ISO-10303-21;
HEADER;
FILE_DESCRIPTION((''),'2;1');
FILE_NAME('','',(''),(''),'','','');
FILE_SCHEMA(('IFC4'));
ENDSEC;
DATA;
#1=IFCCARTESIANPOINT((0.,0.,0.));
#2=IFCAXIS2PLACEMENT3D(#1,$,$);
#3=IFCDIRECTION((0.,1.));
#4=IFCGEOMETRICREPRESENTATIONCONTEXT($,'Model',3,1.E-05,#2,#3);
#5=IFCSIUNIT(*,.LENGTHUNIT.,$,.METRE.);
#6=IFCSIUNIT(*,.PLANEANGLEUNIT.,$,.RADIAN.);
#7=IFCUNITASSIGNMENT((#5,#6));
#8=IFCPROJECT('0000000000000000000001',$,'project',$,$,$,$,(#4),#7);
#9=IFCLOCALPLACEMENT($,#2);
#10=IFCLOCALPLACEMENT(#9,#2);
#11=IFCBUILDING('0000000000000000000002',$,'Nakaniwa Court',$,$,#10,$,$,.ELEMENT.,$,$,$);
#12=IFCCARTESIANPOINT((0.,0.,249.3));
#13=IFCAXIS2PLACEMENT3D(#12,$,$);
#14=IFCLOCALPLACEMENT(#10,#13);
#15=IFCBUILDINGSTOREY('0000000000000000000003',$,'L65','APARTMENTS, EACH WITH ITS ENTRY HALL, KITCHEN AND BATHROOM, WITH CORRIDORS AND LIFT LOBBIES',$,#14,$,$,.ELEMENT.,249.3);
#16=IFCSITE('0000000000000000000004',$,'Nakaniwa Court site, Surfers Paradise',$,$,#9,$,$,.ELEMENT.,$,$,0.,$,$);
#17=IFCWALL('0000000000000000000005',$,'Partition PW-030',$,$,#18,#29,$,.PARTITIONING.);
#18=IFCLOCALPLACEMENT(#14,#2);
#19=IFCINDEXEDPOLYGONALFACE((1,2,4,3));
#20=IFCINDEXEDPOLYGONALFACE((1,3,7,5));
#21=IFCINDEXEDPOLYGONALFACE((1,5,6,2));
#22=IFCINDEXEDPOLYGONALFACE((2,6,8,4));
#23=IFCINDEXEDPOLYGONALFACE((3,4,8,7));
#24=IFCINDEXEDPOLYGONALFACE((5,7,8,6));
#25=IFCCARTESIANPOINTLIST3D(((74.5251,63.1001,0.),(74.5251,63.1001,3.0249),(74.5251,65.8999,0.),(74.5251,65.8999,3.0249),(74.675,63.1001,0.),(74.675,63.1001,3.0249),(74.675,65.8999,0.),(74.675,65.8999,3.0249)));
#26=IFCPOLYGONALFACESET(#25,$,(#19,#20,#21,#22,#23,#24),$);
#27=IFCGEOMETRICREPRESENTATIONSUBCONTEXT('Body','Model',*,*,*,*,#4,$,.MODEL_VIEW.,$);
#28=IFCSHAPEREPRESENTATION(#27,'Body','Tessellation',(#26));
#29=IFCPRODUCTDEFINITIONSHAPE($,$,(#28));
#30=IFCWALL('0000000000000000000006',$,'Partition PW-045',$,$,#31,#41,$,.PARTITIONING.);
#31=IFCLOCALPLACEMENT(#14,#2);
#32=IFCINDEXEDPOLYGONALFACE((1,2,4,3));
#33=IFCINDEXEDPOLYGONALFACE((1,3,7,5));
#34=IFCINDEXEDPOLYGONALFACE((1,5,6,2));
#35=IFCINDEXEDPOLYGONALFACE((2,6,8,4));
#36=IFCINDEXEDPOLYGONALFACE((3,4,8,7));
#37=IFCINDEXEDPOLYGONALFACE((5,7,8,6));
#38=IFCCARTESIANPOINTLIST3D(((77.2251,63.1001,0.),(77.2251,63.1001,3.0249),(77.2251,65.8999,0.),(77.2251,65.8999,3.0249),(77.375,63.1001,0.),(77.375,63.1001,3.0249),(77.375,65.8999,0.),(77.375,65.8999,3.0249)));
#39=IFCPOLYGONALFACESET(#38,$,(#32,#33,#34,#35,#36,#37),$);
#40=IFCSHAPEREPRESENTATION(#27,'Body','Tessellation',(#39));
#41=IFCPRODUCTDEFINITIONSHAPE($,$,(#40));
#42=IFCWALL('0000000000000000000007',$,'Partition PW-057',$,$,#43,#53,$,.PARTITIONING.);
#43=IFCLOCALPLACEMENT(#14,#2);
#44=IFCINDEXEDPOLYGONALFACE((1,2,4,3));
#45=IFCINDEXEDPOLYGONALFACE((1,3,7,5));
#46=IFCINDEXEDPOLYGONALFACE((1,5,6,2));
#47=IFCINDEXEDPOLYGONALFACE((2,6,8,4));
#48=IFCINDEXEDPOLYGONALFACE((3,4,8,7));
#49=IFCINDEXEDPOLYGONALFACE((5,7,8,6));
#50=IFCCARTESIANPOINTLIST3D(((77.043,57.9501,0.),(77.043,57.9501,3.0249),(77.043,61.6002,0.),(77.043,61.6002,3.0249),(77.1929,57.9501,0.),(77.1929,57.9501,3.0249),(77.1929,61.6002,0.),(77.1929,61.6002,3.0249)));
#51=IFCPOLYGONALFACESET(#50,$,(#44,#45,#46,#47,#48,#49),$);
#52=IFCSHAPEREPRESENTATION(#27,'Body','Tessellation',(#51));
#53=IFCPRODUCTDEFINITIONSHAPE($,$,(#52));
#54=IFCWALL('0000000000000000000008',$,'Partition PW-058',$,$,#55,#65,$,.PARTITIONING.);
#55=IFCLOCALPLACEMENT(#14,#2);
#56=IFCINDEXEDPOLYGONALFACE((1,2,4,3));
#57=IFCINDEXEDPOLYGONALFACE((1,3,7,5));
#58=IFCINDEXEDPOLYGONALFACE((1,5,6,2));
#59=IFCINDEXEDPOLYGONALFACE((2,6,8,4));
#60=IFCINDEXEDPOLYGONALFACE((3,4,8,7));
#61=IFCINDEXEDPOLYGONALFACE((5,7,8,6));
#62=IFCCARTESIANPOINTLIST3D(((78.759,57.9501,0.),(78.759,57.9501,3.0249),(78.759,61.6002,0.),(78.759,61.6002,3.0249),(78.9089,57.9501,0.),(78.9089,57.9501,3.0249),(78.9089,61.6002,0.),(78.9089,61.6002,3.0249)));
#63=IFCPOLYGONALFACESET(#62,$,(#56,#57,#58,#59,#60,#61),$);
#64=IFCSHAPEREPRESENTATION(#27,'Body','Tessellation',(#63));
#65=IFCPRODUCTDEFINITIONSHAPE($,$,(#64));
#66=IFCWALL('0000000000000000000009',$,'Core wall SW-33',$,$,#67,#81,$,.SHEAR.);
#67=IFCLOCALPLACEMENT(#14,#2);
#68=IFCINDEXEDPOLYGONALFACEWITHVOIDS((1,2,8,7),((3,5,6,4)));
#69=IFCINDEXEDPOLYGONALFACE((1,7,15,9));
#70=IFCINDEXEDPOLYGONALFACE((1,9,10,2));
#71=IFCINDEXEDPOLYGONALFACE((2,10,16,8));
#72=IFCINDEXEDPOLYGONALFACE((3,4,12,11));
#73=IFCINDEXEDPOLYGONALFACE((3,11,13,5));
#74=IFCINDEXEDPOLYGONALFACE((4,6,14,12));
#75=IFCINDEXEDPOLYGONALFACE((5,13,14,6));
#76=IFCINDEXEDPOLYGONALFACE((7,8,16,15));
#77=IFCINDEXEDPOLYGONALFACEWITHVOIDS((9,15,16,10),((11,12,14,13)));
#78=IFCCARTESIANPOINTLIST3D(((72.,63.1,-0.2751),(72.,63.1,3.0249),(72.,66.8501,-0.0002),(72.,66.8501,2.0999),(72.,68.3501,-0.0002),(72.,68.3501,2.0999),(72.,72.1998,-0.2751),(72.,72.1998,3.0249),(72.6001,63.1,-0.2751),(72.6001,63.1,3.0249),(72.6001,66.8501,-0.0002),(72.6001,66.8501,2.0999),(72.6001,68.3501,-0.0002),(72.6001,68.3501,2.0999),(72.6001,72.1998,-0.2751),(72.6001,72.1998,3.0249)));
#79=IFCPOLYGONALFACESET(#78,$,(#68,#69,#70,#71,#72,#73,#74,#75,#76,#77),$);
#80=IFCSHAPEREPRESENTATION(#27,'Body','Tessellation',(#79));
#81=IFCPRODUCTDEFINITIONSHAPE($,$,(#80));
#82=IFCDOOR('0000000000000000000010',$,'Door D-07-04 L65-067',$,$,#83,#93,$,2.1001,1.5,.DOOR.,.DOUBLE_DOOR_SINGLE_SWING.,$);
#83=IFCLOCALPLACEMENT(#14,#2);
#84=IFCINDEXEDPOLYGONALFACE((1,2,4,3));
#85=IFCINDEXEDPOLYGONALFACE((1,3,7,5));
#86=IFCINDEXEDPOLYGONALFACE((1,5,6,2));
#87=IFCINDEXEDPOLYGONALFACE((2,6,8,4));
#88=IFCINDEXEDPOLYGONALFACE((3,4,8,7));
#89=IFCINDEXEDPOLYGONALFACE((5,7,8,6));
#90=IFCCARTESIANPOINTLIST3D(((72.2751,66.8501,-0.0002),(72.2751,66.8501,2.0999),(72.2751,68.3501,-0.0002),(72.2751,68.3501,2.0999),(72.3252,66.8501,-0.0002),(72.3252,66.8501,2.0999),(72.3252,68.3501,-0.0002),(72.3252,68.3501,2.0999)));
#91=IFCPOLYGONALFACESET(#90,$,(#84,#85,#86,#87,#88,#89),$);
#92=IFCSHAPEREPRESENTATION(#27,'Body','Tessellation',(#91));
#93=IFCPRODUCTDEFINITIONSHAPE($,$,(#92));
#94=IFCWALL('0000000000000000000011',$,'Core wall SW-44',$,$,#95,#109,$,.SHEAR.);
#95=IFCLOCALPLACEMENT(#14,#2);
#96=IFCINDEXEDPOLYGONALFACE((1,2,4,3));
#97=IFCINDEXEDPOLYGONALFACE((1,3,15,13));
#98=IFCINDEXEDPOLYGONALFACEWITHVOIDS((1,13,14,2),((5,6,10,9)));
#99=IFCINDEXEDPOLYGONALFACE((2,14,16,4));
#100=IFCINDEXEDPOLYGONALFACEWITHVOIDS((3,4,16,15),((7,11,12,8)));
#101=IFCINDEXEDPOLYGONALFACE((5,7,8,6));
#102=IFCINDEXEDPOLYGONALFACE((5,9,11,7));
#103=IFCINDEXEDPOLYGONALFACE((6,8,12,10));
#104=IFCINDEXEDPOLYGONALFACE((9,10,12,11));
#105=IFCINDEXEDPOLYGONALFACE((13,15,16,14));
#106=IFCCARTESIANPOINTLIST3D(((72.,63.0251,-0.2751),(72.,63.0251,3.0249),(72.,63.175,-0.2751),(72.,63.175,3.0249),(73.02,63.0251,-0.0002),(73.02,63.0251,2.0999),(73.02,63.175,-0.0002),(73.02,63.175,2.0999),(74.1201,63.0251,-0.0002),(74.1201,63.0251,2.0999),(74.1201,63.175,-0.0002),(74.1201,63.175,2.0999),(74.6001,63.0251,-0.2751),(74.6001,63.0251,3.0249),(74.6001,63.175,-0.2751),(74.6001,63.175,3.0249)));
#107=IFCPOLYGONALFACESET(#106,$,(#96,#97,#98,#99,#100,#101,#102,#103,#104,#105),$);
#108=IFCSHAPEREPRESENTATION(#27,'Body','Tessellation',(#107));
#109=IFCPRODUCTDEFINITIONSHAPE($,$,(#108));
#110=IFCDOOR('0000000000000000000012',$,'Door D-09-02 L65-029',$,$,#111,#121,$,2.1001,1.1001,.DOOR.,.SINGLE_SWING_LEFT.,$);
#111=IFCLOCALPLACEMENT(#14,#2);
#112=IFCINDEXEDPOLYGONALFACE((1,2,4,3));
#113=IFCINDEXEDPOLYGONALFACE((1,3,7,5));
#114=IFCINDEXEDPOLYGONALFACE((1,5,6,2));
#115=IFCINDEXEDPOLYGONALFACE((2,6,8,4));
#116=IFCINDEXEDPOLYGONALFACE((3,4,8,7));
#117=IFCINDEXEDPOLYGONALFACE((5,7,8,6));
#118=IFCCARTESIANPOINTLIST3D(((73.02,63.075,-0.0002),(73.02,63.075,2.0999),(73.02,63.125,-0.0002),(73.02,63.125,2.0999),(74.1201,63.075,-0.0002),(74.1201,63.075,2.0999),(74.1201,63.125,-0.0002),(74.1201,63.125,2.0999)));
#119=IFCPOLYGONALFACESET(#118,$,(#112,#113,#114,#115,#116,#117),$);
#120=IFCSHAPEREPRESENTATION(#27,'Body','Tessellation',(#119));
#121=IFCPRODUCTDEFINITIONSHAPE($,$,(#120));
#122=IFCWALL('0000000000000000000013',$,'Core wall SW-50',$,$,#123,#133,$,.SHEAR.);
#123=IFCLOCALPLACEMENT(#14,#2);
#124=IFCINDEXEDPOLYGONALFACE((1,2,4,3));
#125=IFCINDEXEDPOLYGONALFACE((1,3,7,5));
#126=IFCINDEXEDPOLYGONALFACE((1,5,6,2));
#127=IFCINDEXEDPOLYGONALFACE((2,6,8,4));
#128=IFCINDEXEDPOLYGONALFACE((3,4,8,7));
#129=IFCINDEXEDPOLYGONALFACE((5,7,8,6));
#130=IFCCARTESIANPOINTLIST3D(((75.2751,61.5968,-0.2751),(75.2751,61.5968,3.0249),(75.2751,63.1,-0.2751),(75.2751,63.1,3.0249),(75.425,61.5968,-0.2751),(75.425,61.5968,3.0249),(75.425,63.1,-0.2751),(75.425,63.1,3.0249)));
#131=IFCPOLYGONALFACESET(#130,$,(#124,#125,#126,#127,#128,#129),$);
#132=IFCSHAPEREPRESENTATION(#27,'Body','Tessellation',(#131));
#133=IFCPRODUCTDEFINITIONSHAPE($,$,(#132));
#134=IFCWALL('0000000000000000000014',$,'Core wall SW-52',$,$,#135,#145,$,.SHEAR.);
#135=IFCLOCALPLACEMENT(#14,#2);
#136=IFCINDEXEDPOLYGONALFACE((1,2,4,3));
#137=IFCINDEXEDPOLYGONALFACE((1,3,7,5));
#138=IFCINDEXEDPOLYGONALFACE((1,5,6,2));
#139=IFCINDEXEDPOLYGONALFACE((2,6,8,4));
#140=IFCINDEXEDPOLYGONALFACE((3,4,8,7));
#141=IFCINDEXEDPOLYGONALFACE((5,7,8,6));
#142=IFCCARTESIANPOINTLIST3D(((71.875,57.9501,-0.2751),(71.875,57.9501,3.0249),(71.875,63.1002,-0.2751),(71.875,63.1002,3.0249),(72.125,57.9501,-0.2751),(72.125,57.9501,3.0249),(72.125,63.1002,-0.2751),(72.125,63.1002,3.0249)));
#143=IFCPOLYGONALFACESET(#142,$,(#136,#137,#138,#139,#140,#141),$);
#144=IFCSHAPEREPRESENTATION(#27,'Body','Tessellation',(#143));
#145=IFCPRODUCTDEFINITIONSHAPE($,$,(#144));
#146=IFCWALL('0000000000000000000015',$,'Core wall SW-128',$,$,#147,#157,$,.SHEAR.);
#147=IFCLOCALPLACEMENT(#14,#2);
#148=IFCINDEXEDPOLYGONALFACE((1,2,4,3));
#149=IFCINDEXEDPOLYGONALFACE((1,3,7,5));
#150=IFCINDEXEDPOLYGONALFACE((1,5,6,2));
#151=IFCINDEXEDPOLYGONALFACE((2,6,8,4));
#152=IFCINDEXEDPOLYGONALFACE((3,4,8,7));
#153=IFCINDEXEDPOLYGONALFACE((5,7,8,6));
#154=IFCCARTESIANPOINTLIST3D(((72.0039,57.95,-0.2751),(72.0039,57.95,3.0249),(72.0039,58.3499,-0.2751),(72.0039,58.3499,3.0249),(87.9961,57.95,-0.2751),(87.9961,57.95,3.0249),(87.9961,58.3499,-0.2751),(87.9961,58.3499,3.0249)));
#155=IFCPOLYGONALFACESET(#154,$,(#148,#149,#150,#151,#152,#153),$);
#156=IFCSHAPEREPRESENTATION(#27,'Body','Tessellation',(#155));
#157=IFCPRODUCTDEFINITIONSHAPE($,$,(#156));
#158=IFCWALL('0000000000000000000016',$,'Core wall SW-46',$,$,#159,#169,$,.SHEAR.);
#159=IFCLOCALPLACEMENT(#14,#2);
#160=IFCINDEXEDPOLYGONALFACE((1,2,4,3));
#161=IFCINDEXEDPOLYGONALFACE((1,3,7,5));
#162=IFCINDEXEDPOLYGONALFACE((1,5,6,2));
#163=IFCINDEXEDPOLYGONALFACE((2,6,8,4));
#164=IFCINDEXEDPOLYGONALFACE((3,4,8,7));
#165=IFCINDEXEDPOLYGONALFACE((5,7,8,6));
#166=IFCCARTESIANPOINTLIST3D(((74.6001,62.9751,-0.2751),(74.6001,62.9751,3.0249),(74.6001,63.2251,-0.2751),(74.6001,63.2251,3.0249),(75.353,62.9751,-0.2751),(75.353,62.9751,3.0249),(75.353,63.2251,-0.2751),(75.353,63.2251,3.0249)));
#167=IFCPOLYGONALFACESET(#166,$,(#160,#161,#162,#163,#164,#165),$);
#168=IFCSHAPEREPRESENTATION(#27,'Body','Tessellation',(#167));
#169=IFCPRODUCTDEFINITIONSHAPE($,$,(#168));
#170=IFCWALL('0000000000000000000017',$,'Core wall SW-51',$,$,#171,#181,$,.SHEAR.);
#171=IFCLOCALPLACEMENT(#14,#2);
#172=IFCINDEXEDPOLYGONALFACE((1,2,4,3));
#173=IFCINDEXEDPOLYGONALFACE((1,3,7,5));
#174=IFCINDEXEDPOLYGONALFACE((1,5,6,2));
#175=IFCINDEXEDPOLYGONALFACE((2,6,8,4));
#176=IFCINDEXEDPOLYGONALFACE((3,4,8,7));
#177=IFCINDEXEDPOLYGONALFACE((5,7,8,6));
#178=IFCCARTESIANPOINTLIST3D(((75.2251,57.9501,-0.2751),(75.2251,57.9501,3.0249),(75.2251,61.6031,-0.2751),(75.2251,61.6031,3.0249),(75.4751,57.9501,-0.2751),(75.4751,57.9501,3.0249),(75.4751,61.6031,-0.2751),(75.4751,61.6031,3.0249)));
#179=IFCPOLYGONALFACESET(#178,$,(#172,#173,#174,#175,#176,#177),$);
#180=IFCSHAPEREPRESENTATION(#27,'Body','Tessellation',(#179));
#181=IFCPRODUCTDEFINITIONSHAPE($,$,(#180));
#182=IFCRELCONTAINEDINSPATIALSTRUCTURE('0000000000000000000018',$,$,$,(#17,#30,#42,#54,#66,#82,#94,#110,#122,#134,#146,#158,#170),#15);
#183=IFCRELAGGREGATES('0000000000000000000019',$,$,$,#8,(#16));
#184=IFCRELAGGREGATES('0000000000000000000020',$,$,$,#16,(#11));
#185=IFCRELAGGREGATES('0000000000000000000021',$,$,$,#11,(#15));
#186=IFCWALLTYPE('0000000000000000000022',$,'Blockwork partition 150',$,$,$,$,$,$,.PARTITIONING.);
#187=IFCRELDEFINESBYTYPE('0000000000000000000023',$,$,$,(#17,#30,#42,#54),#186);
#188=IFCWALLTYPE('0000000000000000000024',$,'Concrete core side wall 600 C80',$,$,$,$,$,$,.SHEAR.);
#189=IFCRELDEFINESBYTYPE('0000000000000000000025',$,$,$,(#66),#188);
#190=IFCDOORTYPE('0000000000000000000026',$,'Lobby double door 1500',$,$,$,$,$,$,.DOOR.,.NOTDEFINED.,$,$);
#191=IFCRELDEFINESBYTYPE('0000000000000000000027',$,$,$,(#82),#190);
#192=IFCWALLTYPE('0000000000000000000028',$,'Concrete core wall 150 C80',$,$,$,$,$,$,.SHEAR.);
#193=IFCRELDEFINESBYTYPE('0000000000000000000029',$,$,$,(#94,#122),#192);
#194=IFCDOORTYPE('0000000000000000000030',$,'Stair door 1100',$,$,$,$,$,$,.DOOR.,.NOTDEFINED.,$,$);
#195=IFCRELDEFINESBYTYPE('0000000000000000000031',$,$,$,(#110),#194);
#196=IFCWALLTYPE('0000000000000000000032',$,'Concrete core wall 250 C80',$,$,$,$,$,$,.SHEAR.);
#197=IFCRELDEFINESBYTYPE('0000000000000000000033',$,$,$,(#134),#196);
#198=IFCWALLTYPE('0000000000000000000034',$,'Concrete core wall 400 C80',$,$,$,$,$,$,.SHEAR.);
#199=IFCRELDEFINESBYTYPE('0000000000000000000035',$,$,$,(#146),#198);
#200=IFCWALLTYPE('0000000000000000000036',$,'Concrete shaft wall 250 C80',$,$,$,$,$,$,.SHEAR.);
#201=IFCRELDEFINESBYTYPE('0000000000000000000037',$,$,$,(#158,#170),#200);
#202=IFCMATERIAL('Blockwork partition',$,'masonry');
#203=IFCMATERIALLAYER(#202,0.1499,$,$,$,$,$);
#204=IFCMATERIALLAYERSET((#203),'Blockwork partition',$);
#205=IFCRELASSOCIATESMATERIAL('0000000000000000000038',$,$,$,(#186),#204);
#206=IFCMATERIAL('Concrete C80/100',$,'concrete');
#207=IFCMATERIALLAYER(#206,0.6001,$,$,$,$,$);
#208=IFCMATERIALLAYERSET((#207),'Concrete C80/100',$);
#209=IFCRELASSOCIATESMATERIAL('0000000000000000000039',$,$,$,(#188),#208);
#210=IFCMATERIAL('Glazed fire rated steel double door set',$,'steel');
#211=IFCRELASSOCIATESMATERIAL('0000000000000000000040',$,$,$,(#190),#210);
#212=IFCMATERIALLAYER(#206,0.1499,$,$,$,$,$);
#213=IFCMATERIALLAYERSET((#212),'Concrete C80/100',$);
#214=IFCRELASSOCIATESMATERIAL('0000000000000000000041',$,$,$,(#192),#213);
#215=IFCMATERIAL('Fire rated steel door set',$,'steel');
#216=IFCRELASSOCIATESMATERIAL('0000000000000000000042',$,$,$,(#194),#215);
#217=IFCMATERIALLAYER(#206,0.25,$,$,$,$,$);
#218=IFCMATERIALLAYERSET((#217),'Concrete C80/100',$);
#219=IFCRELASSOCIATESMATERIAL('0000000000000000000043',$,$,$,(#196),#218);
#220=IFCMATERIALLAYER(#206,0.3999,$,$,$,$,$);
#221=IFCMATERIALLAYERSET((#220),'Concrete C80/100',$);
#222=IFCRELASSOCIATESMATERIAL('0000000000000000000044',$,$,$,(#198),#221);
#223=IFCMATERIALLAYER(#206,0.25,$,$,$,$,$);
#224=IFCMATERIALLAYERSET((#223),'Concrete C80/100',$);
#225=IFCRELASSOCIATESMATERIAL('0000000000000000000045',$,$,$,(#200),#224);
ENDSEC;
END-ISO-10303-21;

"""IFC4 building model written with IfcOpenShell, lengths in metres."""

from ifc_helpers import new_model, si_unit, direction, frame, frame_2d, origin, place, context, subcontext, project, spatial, rectangle, extrude, material, layer, layer_set, type_object, element, fill, save


model = new_model("IFC4")

# Units and contexts
model_context = context("Model", 3, precision=1e-05, world=origin(), true_north=direction((0.0, 1.0)))
body_context = subcontext(model_context, "Body", "Model", "MODEL_VIEW")
ifc_project = project(units=[si_unit("LENGTHUNIT", "METRE"), si_unit("PLANEANGLEUNIT", "RADIAN")], contexts=[model_context])

# Site, building, storey
site_placement = place(None, origin())
site = spatial("IfcSite", under=ifc_project, at=site_placement, Name="Nakaniwa Court site, Surfers Paradise", CompositionType="ELEMENT", RefElevation=0.0)
building_placement = place(site_placement, origin())
building = spatial("IfcBuilding", under=site, at=building_placement, Name="Nakaniwa Court", CompositionType="ELEMENT")
storey_placement = place(building_placement, frame((0.0, 0.0, 249.3)))
storey = spatial("IfcBuildingStorey", under=building, at=storey_placement, Name="L65", Description="APARTMENTS, EACH WITH ITS ENTRY HALL, KITCHEN AND BATHROOM, WITH CORRIDORS AND LIFT LOBBIES", CompositionType="ELEMENT", Elevation=249.3)

# Walls
ifc_material_1 = material(Name="Blockwork partition", Category="masonry")
ifc_layer_1 = layer(ifc_material_1, 0.1499)
ifc_layer_set_1 = layer_set([ifc_layer_1], Name="Blockwork partition")
wall_type_1 = type_object("IfcWallType", Name="Blockwork partition 150", PredefinedType="PARTITIONING", material=ifc_layer_set_1)
for number, where, z_axis, x_axis, name in (
    (1, (74.6001, 63.1001, 0.0), (0.0, 0.0, 1.0), (0.0, 1.0, 0.0), "Partition PW-030"),
    (2, (77.3, 63.1001, 0.0), (0.0, 0.0, 1.0), (0.0, 1.0, 0.0), "Partition PW-045"),
):
    element("IfcWall", number, at=place(storey_placement, frame(where, z_axis=z_axis, x_axis=x_axis)), inside=storey, type_object=wall_type_1, Name=name, PredefinedType="PARTITIONING", context=body_context, shape_type="SweptSolid", body=[
        extrude(rectangle(XDim=2.7998, YDim=0.1499, at=frame_2d((1.3999, 0.0))), origin(), (0.0, 0.0, 1.0), 3.0249),
    ])
for number, where, z_axis, x_axis, name in (
    (3, (77.1179, 57.95, 0.0), (0.0, 0.0, 1.0), (0.0, 1.0, 0.0), "Partition PW-057"),
    (4, (78.834, 57.95, 0.0), (0.0, 0.0, 1.0), (0.0, 1.0, 0.0), "Partition PW-058"),
):
    element("IfcWall", number, at=place(storey_placement, frame(where, z_axis=z_axis, x_axis=x_axis)), inside=storey, type_object=wall_type_1, Name=name, PredefinedType="PARTITIONING", context=body_context, shape_type="SweptSolid", body=[
        extrude(rectangle(XDim=3.6501, YDim=0.1499, at=frame_2d((1.8252, 0.0))), origin(), (0.0, 0.0, 1.0), 3.0249),
    ])

# Walls, openings, doors
ifc_material_2 = material(Name="Concrete C80/100", Category="concrete")
ifc_layer_2 = layer(ifc_material_2, 0.6001)
ifc_layer_set_2 = layer_set([ifc_layer_2], Name="Concrete C80/100")
wall_type_2 = type_object("IfcWallType", Name="Concrete core side wall 600 C80", PredefinedType="SHEAR", material=ifc_layer_set_2)
wall_1_placement = place(storey_placement, frame((72.3, 63.1001, -0.2751), z_axis=(0.0, 0.0, 1.0), x_axis=(0.0, 1.0, 0.0)))
wall_1 = element("IfcWall", 5, at=wall_1_placement, inside=storey, type_object=wall_type_2, Name="Core wall SW-33", PredefinedType="SHEAR", context=body_context, shape_type="SweptSolid", body=[
    extrude(rectangle(XDim=9.0999, YDim=0.6001, at=frame_2d((4.5498, 0.0))), origin(), (0.0, 0.0, 1.0), 3.3),
])
opening_1_placement = place(wall_1_placement, frame((3.75, 0.0, 0.2749)))
opening_1 = element("IfcOpeningElement", 6, at=opening_1_placement, cuts=wall_1, PredefinedType="OPENING", context=body_context, shape_type="SweptSolid", body=[
    extrude(rectangle(XDim=1.5, YDim=2.1001, at=frame_2d((0.75, 1.05))), frame((0.0, 0.3101, 0.0), z_axis=(0.0, -1.0, 0.0), x_axis=(1.0, 0.0, 0.0)), (0.0, 0.0, 1.0), 0.6201),
])
ifc_material_3 = material(Name="Glazed fire rated steel double door set", Category="steel")
door_type_1 = type_object("IfcDoorType", Name="Lobby double door 1500", OperationType="NOTDEFINED", PredefinedType="DOOR", material=ifc_material_3)
door_1_placement = place(opening_1_placement, origin())
door_1 = element("IfcDoor", 7, at=door_1_placement, inside=storey, type_object=door_type_1, Name="Door D-07-04 L65-067", OperationType="DOUBLE_DOOR_SINGLE_SWING", OverallHeight=2.1001, OverallWidth=1.5, PredefinedType="DOOR", context=body_context, shape_type="SweptSolid", body=[
    extrude(rectangle(XDim=1.5, YDim=2.1001, at=frame_2d((0.75, 1.05))), frame((0.0, 0.0249, 0.0), z_axis=(0.0, -1.0, 0.0), x_axis=(1.0, 0.0, 0.0)), (0.0, 0.0, 1.0), 0.05),
])
fill(opening_1, door_1)
ifc_layer_3 = layer(ifc_material_2, 0.1499)
ifc_layer_set_3 = layer_set([ifc_layer_3], Name="Concrete C80/100")
wall_type_3 = type_object("IfcWallType", Name="Concrete core wall 150 C80", PredefinedType="SHEAR", material=ifc_layer_set_3)
wall_2_placement = place(storey_placement, frame((72.0, 63.1001, -0.2751), z_axis=(0.0, 0.0, 1.0), x_axis=(1.0, 0.0, 0.0)))
wall_2 = element("IfcWall", 8, at=wall_2_placement, inside=storey, type_object=wall_type_3, Name="Core wall SW-44", PredefinedType="SHEAR", context=body_context, shape_type="SweptSolid", body=[
    extrude(rectangle(XDim=2.6001, YDim=0.1499, at=frame_2d((1.3, 0.0))), origin(), (0.0, 0.0, 1.0), 3.3),
])
opening_2_placement = place(wall_2_placement, frame((1.02, 0.0, 0.2749)))
opening_2 = element("IfcOpeningElement", 9, at=opening_2_placement, cuts=wall_2, PredefinedType="OPENING", context=body_context, shape_type="SweptSolid", body=[
    extrude(rectangle(XDim=1.1001, YDim=2.1001, at=frame_2d((0.55, 1.05))), frame((0.0, 0.085, 0.0), z_axis=(0.0, -1.0, 0.0), x_axis=(1.0, 0.0, 0.0)), (0.0, 0.0, 1.0), 0.1699),
])
ifc_material_4 = material(Name="Fire rated steel door set", Category="steel")
door_type_2 = type_object("IfcDoorType", Name="Stair door 1100", OperationType="NOTDEFINED", PredefinedType="DOOR", material=ifc_material_4)
door_2_placement = place(opening_2_placement, origin())
door_2 = element("IfcDoor", 10, at=door_2_placement, inside=storey, type_object=door_type_2, Name="Door D-09-02 L65-029", OperationType="SINGLE_SWING_LEFT", OverallHeight=2.1001, OverallWidth=1.1001, PredefinedType="DOOR", context=body_context, shape_type="SweptSolid", body=[
    extrude(rectangle(XDim=1.1001, YDim=2.1001, at=frame_2d((0.55, 1.05))), frame((0.0, 0.0249, 0.0), z_axis=(0.0, -1.0, 0.0), x_axis=(1.0, 0.0, 0.0)), (0.0, 0.0, 1.0), 0.05),
])
fill(opening_2, door_2)

# Walls
wall_3_placement = place(storey_placement, frame((75.3501, 61.5969, -0.2751), z_axis=(0.0, 0.0, 1.0), x_axis=(0.0, 1.0, 0.0)))
element("IfcWall", 11, at=wall_3_placement, inside=storey, type_object=wall_type_3, Name="Core wall SW-50", PredefinedType="SHEAR", context=body_context, shape_type="SweptSolid", body=[
    extrude(rectangle(XDim=1.5032, YDim=0.1499, at=frame_2d((0.7515, 0.0))), origin(), (0.0, 0.0, 1.0), 3.3),
])
ifc_layer_4 = layer(ifc_material_2, 0.25)
ifc_layer_set_4 = layer_set([ifc_layer_4], Name="Concrete C80/100")
wall_type_4 = type_object("IfcWallType", Name="Concrete core wall 250 C80", PredefinedType="SHEAR", material=ifc_layer_set_4)
wall_4_placement = place(storey_placement, frame((72.0, 57.95, -0.2751), z_axis=(0.0, 0.0, 1.0), x_axis=(0.0, 1.0, 0.0)))
element("IfcWall", 12, at=wall_4_placement, inside=storey, type_object=wall_type_4, Name="Core wall SW-52", PredefinedType="SHEAR", context=body_context, shape_type="SweptSolid", body=[
    extrude(rectangle(XDim=5.1501, YDim=0.25, at=frame_2d((2.5752, 0.0))), origin(), (0.0, 0.0, 1.0), 3.3),
])
ifc_layer_5 = layer(ifc_material_2, 0.3999)
ifc_layer_set_5 = layer_set([ifc_layer_5], Name="Concrete C80/100")
wall_type_5 = type_object("IfcWallType", Name="Concrete core wall 400 C80", PredefinedType="SHEAR", material=ifc_layer_set_5)
wall_5_placement = place(storey_placement, frame((72.0039, 58.1499, -0.2751), z_axis=(0.0, 0.0, 1.0), x_axis=(1.0, 0.0, 0.0)))
element("IfcWall", 13, at=wall_5_placement, inside=storey, type_object=wall_type_5, Name="Core wall SW-128", PredefinedType="SHEAR", context=body_context, shape_type="SweptSolid", body=[
    extrude(rectangle(XDim=15.9922, YDim=0.3999, at=frame_2d((7.9961, 0.0))), origin(), (0.0, 0.0, 1.0), 3.3),
])
ifc_layer_6 = layer(ifc_material_2, 0.25)
ifc_layer_set_6 = layer_set([ifc_layer_6], Name="Concrete C80/100")
wall_type_6 = type_object("IfcWallType", Name="Concrete shaft wall 250 C80", PredefinedType="SHEAR", material=ifc_layer_set_6)
wall_6_placement = place(storey_placement, frame((74.6001, 63.1001, -0.2751), z_axis=(0.0, 0.0, 1.0), x_axis=(1.0, 0.0, 0.0)))
element("IfcWall", 14, at=wall_6_placement, inside=storey, type_object=wall_type_6, Name="Core wall SW-46", PredefinedType="SHEAR", context=body_context, shape_type="SweptSolid", body=[
    extrude(rectangle(XDim=0.7529, YDim=0.25, at=frame_2d((0.3765, 0.0))), origin(), (0.0, 0.0, 1.0), 3.3),
])
wall_7_placement = place(storey_placement, frame((75.3501, 57.95, -0.2751), z_axis=(0.0, 0.0, 1.0), x_axis=(0.0, 1.0, 0.0)))
element("IfcWall", 15, at=wall_7_placement, inside=storey, type_object=wall_type_6, Name="Core wall SW-51", PredefinedType="SHEAR", context=body_context, shape_type="SweptSolid", body=[
    extrude(rectangle(XDim=3.6531, YDim=0.25, at=frame_2d((1.8267, 0.0))), origin(), (0.0, 0.0, 1.0), 3.3),
])

save(model, "model.ifc")
